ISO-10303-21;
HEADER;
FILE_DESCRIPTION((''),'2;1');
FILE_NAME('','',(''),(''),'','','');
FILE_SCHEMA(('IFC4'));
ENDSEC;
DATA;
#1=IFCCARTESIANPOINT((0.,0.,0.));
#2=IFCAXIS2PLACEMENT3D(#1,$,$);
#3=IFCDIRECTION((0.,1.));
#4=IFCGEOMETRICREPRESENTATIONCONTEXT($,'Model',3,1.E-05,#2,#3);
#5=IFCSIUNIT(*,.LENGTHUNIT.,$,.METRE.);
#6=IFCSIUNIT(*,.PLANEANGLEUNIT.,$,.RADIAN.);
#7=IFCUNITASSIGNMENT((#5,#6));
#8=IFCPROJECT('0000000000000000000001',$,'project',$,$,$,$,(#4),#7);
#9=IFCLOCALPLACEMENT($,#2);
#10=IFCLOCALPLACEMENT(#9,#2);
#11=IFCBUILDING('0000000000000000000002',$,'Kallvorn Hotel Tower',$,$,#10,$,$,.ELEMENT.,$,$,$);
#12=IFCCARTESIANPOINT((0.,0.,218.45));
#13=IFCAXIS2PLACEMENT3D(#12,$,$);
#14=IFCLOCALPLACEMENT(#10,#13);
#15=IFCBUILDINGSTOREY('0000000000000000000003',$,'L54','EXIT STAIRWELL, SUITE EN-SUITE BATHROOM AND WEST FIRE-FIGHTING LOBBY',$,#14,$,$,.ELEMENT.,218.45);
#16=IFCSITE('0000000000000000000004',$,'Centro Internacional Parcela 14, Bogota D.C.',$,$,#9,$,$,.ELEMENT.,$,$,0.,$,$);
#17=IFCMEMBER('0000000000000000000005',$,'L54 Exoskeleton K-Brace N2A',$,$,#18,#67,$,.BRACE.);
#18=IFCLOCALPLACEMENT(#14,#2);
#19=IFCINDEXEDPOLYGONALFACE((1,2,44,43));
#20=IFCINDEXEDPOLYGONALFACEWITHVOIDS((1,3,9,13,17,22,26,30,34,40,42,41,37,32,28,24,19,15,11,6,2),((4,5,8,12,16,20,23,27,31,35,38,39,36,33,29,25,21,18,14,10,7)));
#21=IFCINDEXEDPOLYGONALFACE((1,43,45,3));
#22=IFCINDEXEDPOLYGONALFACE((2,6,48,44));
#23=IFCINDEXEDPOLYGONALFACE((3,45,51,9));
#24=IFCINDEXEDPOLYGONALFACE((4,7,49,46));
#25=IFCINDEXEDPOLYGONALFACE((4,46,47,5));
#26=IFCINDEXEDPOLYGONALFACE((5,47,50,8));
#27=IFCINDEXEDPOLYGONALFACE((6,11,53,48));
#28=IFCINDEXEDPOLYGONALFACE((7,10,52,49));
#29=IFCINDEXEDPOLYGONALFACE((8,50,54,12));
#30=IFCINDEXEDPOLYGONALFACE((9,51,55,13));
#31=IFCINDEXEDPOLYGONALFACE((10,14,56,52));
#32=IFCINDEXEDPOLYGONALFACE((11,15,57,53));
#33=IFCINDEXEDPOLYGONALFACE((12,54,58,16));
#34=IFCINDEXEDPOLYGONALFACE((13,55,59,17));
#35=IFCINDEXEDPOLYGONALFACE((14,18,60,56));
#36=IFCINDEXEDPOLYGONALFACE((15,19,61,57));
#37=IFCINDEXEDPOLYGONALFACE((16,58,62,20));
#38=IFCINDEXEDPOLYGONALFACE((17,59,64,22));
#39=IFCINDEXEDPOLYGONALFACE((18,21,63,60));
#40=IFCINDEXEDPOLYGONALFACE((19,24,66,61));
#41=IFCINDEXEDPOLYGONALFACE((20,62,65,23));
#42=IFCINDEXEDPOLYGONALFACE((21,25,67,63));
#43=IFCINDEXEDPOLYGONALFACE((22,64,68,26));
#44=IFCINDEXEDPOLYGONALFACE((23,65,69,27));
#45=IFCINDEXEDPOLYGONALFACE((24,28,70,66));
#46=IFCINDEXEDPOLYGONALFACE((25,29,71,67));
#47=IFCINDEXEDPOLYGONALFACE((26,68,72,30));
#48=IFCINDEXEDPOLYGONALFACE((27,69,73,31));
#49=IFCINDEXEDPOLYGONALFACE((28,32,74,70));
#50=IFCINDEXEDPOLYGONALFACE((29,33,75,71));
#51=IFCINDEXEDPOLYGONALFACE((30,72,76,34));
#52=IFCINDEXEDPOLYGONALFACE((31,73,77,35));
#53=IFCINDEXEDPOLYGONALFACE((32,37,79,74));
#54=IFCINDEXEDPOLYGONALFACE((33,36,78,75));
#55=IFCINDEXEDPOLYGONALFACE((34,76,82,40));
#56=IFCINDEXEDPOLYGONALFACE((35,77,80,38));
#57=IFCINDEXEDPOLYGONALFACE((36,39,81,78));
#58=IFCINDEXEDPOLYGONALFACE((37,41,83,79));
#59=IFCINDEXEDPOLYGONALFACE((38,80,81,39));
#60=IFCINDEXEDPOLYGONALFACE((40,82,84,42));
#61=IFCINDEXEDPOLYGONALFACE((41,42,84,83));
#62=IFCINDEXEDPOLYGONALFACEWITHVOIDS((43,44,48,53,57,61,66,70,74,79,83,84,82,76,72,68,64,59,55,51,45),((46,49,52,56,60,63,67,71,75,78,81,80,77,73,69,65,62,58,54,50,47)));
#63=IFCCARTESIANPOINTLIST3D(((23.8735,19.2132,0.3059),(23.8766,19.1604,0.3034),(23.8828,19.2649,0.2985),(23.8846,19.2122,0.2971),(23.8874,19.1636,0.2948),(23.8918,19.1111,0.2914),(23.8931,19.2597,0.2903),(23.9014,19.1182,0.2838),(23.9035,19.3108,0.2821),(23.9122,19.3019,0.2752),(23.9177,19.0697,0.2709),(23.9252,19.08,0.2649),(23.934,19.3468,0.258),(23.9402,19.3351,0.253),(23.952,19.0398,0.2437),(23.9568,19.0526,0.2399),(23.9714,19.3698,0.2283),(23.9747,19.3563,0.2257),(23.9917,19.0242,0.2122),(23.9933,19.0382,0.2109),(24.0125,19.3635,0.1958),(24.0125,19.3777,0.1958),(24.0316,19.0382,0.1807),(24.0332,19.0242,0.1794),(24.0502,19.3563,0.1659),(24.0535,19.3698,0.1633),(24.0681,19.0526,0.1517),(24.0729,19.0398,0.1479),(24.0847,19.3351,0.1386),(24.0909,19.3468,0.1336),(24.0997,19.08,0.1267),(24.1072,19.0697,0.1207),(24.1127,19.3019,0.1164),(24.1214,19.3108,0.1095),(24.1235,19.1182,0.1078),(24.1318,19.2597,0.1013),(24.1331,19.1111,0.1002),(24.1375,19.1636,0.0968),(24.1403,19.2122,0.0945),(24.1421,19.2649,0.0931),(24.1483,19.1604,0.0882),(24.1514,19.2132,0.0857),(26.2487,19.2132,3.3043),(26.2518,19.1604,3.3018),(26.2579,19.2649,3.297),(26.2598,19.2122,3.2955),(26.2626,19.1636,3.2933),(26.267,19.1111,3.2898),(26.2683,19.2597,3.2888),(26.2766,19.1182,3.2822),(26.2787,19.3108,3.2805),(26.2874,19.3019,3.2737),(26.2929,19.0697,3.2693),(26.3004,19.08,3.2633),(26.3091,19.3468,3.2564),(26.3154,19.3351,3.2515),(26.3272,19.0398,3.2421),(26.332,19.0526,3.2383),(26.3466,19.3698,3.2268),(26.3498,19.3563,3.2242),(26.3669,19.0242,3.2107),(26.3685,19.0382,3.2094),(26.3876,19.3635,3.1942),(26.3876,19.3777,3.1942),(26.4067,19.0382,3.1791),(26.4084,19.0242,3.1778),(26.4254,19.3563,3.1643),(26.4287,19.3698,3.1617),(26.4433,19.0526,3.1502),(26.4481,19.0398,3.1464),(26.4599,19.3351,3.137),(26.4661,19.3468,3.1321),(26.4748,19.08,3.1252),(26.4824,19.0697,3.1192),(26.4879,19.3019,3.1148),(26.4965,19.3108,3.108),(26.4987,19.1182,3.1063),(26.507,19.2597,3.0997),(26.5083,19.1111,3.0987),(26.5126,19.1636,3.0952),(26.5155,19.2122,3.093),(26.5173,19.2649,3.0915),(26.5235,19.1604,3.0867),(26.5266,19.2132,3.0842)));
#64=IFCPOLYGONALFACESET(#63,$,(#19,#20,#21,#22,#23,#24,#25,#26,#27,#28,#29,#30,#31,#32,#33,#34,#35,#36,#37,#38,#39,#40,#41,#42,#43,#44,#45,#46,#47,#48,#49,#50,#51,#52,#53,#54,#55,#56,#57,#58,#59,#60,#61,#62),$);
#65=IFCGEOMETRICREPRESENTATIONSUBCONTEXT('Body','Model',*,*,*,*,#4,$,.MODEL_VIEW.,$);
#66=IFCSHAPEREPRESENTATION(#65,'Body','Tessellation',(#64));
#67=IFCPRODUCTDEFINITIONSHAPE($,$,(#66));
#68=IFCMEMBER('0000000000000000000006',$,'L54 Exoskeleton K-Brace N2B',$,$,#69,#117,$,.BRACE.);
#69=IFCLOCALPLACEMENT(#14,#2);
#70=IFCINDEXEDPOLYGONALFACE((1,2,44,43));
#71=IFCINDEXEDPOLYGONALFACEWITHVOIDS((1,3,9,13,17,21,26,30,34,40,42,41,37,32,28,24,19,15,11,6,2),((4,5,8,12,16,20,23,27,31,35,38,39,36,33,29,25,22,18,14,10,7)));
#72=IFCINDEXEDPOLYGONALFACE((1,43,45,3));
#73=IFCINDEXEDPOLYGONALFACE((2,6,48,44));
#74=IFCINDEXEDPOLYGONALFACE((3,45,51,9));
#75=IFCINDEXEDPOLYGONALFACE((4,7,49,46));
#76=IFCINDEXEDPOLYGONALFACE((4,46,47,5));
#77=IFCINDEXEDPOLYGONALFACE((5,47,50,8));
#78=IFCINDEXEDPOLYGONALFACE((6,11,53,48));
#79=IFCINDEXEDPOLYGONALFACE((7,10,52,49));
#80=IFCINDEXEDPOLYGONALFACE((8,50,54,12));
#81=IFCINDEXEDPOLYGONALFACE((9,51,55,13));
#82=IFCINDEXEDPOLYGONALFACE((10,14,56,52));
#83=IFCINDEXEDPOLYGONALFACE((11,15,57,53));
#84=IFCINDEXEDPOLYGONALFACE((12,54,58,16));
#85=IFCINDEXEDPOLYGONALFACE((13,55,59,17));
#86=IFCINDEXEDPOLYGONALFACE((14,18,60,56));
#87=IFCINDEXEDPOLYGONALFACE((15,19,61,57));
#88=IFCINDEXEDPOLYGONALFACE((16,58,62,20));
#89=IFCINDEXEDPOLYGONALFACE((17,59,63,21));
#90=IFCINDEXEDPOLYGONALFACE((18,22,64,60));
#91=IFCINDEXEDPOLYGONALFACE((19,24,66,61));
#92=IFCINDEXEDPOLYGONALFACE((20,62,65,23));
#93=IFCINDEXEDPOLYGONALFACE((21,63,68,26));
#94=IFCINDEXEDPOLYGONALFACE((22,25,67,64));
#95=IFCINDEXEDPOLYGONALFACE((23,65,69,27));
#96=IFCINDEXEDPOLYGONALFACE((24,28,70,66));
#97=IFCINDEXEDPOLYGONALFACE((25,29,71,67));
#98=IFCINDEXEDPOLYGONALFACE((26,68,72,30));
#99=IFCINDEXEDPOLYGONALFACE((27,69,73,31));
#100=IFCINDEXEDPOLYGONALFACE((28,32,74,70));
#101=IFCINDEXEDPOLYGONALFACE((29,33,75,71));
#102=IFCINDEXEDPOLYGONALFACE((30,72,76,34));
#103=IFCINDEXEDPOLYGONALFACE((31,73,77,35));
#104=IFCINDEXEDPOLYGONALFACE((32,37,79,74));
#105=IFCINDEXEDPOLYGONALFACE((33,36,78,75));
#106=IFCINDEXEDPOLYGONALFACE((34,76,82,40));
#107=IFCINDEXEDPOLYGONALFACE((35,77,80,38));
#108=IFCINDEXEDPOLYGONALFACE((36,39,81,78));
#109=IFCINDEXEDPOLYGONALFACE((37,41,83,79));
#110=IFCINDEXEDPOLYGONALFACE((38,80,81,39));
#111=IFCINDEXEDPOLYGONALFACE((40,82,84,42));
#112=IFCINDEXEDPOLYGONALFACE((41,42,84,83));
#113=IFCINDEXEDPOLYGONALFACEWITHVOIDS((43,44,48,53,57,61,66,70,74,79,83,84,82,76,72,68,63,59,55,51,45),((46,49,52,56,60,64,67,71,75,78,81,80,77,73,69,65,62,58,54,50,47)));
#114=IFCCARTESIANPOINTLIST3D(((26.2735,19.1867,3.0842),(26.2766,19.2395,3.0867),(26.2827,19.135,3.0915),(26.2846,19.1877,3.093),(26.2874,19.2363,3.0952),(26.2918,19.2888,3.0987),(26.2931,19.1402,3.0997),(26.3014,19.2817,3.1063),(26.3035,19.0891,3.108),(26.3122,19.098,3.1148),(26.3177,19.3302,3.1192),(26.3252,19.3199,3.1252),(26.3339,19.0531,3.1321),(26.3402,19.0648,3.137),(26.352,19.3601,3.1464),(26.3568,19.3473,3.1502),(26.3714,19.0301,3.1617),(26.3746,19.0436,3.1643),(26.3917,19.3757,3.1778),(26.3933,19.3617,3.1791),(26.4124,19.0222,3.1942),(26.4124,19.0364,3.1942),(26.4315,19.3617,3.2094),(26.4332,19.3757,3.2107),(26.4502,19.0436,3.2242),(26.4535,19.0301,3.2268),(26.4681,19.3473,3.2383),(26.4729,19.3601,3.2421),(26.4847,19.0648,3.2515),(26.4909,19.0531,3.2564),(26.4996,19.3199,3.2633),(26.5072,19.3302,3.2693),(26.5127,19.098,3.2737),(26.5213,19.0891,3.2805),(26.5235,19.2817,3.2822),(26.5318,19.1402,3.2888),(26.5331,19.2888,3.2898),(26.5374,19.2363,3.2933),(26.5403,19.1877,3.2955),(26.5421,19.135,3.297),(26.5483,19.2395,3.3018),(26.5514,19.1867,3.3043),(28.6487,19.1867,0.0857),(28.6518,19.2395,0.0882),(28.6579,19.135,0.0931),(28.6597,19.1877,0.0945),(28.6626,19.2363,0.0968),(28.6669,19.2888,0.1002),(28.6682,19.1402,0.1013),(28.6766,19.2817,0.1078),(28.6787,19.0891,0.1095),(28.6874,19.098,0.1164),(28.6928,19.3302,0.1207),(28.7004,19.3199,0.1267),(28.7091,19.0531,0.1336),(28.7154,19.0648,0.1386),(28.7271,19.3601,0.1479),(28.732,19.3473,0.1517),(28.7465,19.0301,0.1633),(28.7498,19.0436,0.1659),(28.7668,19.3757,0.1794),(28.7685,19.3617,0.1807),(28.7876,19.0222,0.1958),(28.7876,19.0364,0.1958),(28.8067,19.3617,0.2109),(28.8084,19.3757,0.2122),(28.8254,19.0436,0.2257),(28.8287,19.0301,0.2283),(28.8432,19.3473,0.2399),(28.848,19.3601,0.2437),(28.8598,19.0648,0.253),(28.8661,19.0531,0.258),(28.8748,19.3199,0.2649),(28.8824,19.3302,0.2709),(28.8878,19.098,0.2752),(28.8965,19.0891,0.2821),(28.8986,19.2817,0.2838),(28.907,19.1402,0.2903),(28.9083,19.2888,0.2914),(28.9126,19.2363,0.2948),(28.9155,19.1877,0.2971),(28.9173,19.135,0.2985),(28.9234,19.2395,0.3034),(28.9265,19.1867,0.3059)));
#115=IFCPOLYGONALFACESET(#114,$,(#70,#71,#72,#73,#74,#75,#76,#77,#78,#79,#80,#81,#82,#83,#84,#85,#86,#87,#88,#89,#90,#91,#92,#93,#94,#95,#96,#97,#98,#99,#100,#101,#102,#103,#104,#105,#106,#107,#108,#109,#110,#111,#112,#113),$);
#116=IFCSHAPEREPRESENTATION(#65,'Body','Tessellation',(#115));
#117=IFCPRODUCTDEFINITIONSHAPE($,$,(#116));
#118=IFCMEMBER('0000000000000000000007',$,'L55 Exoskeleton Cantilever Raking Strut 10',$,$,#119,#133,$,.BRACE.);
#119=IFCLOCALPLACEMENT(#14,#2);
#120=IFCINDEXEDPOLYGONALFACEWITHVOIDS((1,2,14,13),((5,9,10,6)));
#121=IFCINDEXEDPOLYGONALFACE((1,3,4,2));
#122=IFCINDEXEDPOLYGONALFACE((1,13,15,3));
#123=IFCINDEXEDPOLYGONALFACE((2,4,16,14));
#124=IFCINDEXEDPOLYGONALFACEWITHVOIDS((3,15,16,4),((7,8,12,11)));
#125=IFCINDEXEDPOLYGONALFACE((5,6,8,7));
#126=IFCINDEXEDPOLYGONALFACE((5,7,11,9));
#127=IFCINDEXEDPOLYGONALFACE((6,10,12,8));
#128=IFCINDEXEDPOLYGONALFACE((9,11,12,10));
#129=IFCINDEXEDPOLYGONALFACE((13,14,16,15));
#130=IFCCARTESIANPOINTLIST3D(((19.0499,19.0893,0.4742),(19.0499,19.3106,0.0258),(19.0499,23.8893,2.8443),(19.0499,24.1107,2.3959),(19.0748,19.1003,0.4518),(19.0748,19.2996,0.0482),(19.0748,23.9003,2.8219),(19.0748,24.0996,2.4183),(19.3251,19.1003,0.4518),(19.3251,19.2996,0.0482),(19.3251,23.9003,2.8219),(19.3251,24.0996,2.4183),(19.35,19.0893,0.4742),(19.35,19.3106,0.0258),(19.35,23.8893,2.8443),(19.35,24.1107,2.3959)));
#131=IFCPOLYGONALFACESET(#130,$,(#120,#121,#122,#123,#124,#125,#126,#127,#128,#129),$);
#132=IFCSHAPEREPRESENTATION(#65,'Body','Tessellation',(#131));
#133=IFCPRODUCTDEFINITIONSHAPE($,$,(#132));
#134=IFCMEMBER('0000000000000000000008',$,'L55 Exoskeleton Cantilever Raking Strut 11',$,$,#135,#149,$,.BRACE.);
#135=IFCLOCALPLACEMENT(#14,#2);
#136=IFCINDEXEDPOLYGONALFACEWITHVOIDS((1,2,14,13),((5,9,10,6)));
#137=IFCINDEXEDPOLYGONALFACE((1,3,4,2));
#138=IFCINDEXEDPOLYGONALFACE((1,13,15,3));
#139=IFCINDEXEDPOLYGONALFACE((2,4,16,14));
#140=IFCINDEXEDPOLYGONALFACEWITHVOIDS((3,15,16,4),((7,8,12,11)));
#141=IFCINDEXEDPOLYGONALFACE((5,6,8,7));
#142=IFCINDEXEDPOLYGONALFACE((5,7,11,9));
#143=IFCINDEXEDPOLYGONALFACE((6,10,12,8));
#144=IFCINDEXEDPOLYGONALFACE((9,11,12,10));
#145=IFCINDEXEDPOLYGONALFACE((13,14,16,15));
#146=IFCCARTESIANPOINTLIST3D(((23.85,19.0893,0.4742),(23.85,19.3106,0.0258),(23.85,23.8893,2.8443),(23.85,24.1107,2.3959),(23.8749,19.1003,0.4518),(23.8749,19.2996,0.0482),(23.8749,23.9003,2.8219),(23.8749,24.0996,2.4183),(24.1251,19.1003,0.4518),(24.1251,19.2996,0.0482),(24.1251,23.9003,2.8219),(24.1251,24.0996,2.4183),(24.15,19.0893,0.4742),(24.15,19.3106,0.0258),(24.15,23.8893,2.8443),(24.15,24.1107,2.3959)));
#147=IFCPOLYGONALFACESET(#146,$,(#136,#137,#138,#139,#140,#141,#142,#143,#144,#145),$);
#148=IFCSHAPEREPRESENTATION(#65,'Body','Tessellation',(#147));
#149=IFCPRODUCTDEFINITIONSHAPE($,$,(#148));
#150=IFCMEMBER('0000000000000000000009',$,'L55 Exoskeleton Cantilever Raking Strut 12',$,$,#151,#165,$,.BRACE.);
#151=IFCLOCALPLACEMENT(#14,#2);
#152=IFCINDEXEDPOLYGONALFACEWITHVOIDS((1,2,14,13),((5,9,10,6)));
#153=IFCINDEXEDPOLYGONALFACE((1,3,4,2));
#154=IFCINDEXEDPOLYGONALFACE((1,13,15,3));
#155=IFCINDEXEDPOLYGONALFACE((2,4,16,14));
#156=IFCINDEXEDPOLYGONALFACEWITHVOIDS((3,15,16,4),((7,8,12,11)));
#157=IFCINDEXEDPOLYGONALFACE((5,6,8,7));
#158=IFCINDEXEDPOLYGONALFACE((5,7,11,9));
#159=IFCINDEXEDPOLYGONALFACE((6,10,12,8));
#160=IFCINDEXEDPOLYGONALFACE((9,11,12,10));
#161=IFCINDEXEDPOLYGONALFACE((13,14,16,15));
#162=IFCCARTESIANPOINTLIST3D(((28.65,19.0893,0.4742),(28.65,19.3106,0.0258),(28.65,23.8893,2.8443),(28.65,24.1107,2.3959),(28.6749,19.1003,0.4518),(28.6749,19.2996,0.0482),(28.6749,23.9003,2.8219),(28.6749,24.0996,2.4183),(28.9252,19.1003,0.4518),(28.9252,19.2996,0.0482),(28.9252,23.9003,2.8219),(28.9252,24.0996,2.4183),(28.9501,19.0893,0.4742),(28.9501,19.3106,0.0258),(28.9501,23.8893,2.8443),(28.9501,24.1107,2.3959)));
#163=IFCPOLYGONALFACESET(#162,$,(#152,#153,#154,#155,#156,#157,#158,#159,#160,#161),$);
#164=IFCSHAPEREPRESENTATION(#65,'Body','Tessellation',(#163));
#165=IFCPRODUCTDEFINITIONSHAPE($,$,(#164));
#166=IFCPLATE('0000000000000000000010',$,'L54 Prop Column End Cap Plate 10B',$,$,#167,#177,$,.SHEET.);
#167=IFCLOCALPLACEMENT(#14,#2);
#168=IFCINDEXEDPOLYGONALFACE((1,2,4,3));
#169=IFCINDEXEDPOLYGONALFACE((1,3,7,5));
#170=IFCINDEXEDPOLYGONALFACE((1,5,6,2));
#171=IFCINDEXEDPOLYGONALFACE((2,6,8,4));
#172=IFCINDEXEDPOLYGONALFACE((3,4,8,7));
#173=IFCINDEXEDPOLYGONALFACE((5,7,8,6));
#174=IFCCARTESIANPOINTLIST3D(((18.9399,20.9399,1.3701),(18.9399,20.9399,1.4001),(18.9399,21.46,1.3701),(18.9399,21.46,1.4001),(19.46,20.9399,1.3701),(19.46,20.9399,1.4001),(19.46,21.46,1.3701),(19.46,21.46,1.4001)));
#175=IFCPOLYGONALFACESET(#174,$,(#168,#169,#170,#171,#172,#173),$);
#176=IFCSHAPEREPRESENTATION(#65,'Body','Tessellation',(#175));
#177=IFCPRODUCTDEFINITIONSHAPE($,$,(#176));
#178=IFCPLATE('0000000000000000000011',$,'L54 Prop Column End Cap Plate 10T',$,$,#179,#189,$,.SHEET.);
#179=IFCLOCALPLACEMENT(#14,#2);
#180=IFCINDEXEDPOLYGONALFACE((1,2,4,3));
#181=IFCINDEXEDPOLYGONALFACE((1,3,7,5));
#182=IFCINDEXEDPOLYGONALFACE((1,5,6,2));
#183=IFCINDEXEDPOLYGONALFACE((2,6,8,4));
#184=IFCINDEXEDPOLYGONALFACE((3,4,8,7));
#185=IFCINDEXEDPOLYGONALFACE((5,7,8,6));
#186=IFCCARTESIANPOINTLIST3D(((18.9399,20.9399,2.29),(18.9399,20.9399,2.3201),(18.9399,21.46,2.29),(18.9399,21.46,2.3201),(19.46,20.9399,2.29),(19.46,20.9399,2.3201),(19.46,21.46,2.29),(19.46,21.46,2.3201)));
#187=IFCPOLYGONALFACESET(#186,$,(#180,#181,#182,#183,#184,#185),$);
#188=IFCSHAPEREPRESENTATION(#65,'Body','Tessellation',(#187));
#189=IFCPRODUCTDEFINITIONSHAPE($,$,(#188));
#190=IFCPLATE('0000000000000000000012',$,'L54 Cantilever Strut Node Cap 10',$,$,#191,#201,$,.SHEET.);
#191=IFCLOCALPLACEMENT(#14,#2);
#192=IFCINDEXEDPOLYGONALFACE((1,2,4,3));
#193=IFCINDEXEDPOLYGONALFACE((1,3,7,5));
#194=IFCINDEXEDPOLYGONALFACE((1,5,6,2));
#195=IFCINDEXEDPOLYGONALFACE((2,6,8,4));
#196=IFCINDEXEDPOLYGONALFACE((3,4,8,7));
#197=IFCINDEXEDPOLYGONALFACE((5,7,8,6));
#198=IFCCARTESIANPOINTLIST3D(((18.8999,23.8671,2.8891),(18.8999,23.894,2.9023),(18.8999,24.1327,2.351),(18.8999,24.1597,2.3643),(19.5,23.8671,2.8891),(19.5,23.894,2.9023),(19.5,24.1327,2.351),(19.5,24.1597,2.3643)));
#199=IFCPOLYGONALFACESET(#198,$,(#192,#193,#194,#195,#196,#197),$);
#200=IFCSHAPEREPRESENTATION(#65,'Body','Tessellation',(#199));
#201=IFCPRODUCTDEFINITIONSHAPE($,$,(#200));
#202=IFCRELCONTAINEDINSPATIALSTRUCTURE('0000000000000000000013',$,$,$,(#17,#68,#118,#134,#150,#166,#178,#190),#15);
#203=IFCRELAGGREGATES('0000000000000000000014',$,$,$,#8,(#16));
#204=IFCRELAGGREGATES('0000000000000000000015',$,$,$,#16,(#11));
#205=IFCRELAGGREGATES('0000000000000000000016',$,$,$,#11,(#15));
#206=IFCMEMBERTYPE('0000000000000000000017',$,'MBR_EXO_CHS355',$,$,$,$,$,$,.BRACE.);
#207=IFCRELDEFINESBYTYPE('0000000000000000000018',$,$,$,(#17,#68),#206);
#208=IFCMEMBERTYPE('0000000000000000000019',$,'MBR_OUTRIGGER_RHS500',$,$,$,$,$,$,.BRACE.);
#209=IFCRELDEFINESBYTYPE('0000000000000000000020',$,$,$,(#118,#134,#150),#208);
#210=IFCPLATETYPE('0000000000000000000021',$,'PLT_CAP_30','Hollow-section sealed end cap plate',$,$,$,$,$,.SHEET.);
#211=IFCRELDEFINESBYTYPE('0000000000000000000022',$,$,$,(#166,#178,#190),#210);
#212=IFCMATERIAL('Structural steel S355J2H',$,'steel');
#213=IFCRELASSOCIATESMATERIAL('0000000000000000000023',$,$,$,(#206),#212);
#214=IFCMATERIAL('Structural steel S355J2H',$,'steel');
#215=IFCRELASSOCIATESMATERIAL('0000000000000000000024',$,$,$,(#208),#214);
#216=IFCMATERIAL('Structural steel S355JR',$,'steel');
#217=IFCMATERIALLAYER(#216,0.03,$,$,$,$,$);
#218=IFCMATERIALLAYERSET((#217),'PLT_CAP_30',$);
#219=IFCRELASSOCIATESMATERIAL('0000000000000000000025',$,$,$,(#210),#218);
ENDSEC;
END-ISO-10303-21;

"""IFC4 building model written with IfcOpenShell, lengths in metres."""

from ifc_helpers import new_model, si_unit, direction, frame, origin, origin_2d, place, context, subcontext, project, spatial, polyline, rectangle, hollow_rectangle, hollow_circle, outline, extrude, material, layer, layer_set, material_profile, profile_set, type_object, element, save


model = new_model("IFC4")

# Units and contexts
model_context = context("Model", 3, precision=1e-05, world=origin(), true_north=direction((0.0, 1.0)))
body_context = subcontext(model_context, "Body", "Model", "MODEL_VIEW")
ifc_project = project(units=[si_unit("LENGTHUNIT", "METRE"), si_unit("PLANEANGLEUNIT", "RADIAN")], contexts=[model_context])

# Site, building, storey
site_placement = place(None, origin())
site = spatial("IfcSite", under=ifc_project, at=site_placement, Name="Centro Internacional Parcela 14, Bogota D.C.", CompositionType="ELEMENT", RefElevation=0.0)
building_placement = place(site_placement, origin())
building = spatial("IfcBuilding", under=site, at=building_placement, Name="Kallvorn Hotel Tower", CompositionType="ELEMENT")
storey_placement = place(building_placement, frame((0.0, 0.0, 218.45)))
storey = spatial("IfcBuildingStorey", under=building, at=storey_placement, Name="L54", Description="EXIT STAIRWELL, SUITE EN-SUITE BATHROOM AND WEST FIRE-FIGHTING LOBBY", CompositionType="ELEMENT", Elevation=218.45)

# Members
ifc_material_1 = material(Name="Structural steel S355J2H", Category="steel")
ifc_material_profile_1 = material_profile(ifc_material_1, hollow_circle(Radius=0.1777, WallThickness=0.0142, at=origin_2d()), Name="CHS 355.6x14.2")
ifc_profile_set_1 = profile_set([ifc_material_profile_1], Name="Structural steel S355J2H")
member_type_1 = type_object("IfcMemberType", Name="MBR_EXO_CHS355", PredefinedType="BRACE", material=ifc_profile_set_1)
for number, where, z_axis, x_axis, name in (
    (1, (24.0125, 19.2, 0.1958), (0.620929, 0.0, 0.783867), (0.0, 1.0, 0.0), "L54 Exoskeleton K-Brace N2A"),
    (2, (28.7876, 19.2, 0.1958), (-0.620929, 0.0, 0.783867), (0.0, -1.0, 0.0), "L54 Exoskeleton K-Brace N2B"),
):
    element("IfcMember", number, at=place(storey_placement, frame(where, z_axis=z_axis, x_axis=x_axis)), inside=storey, type_object=member_type_1, Name=name, PredefinedType="BRACE", context=body_context, shape_type="SweptSolid", body=[
        extrude(hollow_circle(Radius=0.1777, WallThickness=0.0142, at=origin_2d()), origin(), (0.0, 0.0, 1.0), 3.8252),
    ])
ifc_material_2 = material(Name="Structural steel S355J2H", Category="steel")
ifc_material_profile_2 = material_profile(ifc_material_2, hollow_rectangle(XDim=0.3, YDim=0.5, WallThickness=0.0249, at=origin_2d()), Name="RHS 500x300x25")
ifc_profile_set_2 = profile_set([ifc_material_profile_2], Name="Structural steel S355J2H")
member_type_2 = type_object("IfcMemberType", Name="MBR_OUTRIGGER_RHS500", PredefinedType="BRACE", material=ifc_profile_set_2)
for number, where, z_axis, x_axis, name in (
    (3, (19.2, 19.2, 0.25), (0.0, 0.896651, 0.442739), (-1.0, 0.0, 0.0), "L55 Exoskeleton Cantilever Raking Strut 10"),
    (4, (24.0, 19.2, 0.25), (0.0, 0.896651, 0.442739), (-1.0, 0.0, 0.0), "L55 Exoskeleton Cantilever Raking Strut 11"),
    (5, (28.8, 19.2, 0.25), (0.0, 0.896651, 0.442739), (-1.0, 0.0, 0.0), "L55 Exoskeleton Cantilever Raking Strut 12"),
):
    element("IfcMember", number, at=place(storey_placement, frame(where, z_axis=z_axis, x_axis=x_axis)), inside=storey, type_object=member_type_2, Name=name, PredefinedType="BRACE", context=body_context, shape_type="SweptSolid", body=[
        extrude(hollow_rectangle(XDim=0.3, YDim=0.5, WallThickness=0.0249, at=origin_2d()), origin(), (0.0, 0.0, 1.0), 5.3533),
    ])

# Plates
ifc_material_3 = material(Name="Structural steel S355JR", Category="steel")
ifc_layer_1 = layer(ifc_material_3, 0.03)
ifc_layer_set_1 = layer_set([ifc_layer_1], Name="PLT_CAP_30")
plate_type_1 = type_object("IfcPlateType", Name="PLT_CAP_30", Description="Hollow-section sealed end cap plate", PredefinedType="SHEET", material=ifc_layer_set_1)
for number, where, z_axis, x_axis, name in (
    (6, (19.2, 21.2, 1.3701), (0.0, 0.0, 1.0), (1.0, 0.0, 0.0), "L54 Prop Column End Cap Plate 10B"),
    (7, (19.2, 21.2, 2.29), (0.0, 0.0, 1.0), (1.0, 0.0, 0.0), "L54 Prop Column End Cap Plate 10T"),
):
    element("IfcPlate", number, at=place(storey_placement, frame(where, z_axis=z_axis, x_axis=x_axis)), inside=storey, type_object=plate_type_1, Name=name, PredefinedType="SHEET", context=body_context, shape_type="SweptSolid", body=[
        extrude(rectangle(XDim=0.52, YDim=0.52, at=origin_2d()), origin(), (0.0, 0.0, 1.0), 0.03),
    ])
plate_1_placement = place(storey_placement, frame((19.5, 24.1597, 2.3643), z_axis=(0.0, 0.896694, 0.442651), x_axis=(-1.0, 0.0, 0.0)))
element("IfcPlate", 8, at=plate_1_placement, inside=storey, type_object=plate_type_1, Name="L54 Cantilever Strut Node Cap 10", PredefinedType="SHEET", context=body_context, shape_type="SweptSolid", body=[
    extrude(outline(polyline([(0.0, 0.0), (0.6001, 0.0), (0.6001, 0.6001), (0.0, 0.6001), (0.0, 0.0)])), origin(), (0.0, 0.0, -1.0), 0.03),
])

save(model, "model.ifc")
